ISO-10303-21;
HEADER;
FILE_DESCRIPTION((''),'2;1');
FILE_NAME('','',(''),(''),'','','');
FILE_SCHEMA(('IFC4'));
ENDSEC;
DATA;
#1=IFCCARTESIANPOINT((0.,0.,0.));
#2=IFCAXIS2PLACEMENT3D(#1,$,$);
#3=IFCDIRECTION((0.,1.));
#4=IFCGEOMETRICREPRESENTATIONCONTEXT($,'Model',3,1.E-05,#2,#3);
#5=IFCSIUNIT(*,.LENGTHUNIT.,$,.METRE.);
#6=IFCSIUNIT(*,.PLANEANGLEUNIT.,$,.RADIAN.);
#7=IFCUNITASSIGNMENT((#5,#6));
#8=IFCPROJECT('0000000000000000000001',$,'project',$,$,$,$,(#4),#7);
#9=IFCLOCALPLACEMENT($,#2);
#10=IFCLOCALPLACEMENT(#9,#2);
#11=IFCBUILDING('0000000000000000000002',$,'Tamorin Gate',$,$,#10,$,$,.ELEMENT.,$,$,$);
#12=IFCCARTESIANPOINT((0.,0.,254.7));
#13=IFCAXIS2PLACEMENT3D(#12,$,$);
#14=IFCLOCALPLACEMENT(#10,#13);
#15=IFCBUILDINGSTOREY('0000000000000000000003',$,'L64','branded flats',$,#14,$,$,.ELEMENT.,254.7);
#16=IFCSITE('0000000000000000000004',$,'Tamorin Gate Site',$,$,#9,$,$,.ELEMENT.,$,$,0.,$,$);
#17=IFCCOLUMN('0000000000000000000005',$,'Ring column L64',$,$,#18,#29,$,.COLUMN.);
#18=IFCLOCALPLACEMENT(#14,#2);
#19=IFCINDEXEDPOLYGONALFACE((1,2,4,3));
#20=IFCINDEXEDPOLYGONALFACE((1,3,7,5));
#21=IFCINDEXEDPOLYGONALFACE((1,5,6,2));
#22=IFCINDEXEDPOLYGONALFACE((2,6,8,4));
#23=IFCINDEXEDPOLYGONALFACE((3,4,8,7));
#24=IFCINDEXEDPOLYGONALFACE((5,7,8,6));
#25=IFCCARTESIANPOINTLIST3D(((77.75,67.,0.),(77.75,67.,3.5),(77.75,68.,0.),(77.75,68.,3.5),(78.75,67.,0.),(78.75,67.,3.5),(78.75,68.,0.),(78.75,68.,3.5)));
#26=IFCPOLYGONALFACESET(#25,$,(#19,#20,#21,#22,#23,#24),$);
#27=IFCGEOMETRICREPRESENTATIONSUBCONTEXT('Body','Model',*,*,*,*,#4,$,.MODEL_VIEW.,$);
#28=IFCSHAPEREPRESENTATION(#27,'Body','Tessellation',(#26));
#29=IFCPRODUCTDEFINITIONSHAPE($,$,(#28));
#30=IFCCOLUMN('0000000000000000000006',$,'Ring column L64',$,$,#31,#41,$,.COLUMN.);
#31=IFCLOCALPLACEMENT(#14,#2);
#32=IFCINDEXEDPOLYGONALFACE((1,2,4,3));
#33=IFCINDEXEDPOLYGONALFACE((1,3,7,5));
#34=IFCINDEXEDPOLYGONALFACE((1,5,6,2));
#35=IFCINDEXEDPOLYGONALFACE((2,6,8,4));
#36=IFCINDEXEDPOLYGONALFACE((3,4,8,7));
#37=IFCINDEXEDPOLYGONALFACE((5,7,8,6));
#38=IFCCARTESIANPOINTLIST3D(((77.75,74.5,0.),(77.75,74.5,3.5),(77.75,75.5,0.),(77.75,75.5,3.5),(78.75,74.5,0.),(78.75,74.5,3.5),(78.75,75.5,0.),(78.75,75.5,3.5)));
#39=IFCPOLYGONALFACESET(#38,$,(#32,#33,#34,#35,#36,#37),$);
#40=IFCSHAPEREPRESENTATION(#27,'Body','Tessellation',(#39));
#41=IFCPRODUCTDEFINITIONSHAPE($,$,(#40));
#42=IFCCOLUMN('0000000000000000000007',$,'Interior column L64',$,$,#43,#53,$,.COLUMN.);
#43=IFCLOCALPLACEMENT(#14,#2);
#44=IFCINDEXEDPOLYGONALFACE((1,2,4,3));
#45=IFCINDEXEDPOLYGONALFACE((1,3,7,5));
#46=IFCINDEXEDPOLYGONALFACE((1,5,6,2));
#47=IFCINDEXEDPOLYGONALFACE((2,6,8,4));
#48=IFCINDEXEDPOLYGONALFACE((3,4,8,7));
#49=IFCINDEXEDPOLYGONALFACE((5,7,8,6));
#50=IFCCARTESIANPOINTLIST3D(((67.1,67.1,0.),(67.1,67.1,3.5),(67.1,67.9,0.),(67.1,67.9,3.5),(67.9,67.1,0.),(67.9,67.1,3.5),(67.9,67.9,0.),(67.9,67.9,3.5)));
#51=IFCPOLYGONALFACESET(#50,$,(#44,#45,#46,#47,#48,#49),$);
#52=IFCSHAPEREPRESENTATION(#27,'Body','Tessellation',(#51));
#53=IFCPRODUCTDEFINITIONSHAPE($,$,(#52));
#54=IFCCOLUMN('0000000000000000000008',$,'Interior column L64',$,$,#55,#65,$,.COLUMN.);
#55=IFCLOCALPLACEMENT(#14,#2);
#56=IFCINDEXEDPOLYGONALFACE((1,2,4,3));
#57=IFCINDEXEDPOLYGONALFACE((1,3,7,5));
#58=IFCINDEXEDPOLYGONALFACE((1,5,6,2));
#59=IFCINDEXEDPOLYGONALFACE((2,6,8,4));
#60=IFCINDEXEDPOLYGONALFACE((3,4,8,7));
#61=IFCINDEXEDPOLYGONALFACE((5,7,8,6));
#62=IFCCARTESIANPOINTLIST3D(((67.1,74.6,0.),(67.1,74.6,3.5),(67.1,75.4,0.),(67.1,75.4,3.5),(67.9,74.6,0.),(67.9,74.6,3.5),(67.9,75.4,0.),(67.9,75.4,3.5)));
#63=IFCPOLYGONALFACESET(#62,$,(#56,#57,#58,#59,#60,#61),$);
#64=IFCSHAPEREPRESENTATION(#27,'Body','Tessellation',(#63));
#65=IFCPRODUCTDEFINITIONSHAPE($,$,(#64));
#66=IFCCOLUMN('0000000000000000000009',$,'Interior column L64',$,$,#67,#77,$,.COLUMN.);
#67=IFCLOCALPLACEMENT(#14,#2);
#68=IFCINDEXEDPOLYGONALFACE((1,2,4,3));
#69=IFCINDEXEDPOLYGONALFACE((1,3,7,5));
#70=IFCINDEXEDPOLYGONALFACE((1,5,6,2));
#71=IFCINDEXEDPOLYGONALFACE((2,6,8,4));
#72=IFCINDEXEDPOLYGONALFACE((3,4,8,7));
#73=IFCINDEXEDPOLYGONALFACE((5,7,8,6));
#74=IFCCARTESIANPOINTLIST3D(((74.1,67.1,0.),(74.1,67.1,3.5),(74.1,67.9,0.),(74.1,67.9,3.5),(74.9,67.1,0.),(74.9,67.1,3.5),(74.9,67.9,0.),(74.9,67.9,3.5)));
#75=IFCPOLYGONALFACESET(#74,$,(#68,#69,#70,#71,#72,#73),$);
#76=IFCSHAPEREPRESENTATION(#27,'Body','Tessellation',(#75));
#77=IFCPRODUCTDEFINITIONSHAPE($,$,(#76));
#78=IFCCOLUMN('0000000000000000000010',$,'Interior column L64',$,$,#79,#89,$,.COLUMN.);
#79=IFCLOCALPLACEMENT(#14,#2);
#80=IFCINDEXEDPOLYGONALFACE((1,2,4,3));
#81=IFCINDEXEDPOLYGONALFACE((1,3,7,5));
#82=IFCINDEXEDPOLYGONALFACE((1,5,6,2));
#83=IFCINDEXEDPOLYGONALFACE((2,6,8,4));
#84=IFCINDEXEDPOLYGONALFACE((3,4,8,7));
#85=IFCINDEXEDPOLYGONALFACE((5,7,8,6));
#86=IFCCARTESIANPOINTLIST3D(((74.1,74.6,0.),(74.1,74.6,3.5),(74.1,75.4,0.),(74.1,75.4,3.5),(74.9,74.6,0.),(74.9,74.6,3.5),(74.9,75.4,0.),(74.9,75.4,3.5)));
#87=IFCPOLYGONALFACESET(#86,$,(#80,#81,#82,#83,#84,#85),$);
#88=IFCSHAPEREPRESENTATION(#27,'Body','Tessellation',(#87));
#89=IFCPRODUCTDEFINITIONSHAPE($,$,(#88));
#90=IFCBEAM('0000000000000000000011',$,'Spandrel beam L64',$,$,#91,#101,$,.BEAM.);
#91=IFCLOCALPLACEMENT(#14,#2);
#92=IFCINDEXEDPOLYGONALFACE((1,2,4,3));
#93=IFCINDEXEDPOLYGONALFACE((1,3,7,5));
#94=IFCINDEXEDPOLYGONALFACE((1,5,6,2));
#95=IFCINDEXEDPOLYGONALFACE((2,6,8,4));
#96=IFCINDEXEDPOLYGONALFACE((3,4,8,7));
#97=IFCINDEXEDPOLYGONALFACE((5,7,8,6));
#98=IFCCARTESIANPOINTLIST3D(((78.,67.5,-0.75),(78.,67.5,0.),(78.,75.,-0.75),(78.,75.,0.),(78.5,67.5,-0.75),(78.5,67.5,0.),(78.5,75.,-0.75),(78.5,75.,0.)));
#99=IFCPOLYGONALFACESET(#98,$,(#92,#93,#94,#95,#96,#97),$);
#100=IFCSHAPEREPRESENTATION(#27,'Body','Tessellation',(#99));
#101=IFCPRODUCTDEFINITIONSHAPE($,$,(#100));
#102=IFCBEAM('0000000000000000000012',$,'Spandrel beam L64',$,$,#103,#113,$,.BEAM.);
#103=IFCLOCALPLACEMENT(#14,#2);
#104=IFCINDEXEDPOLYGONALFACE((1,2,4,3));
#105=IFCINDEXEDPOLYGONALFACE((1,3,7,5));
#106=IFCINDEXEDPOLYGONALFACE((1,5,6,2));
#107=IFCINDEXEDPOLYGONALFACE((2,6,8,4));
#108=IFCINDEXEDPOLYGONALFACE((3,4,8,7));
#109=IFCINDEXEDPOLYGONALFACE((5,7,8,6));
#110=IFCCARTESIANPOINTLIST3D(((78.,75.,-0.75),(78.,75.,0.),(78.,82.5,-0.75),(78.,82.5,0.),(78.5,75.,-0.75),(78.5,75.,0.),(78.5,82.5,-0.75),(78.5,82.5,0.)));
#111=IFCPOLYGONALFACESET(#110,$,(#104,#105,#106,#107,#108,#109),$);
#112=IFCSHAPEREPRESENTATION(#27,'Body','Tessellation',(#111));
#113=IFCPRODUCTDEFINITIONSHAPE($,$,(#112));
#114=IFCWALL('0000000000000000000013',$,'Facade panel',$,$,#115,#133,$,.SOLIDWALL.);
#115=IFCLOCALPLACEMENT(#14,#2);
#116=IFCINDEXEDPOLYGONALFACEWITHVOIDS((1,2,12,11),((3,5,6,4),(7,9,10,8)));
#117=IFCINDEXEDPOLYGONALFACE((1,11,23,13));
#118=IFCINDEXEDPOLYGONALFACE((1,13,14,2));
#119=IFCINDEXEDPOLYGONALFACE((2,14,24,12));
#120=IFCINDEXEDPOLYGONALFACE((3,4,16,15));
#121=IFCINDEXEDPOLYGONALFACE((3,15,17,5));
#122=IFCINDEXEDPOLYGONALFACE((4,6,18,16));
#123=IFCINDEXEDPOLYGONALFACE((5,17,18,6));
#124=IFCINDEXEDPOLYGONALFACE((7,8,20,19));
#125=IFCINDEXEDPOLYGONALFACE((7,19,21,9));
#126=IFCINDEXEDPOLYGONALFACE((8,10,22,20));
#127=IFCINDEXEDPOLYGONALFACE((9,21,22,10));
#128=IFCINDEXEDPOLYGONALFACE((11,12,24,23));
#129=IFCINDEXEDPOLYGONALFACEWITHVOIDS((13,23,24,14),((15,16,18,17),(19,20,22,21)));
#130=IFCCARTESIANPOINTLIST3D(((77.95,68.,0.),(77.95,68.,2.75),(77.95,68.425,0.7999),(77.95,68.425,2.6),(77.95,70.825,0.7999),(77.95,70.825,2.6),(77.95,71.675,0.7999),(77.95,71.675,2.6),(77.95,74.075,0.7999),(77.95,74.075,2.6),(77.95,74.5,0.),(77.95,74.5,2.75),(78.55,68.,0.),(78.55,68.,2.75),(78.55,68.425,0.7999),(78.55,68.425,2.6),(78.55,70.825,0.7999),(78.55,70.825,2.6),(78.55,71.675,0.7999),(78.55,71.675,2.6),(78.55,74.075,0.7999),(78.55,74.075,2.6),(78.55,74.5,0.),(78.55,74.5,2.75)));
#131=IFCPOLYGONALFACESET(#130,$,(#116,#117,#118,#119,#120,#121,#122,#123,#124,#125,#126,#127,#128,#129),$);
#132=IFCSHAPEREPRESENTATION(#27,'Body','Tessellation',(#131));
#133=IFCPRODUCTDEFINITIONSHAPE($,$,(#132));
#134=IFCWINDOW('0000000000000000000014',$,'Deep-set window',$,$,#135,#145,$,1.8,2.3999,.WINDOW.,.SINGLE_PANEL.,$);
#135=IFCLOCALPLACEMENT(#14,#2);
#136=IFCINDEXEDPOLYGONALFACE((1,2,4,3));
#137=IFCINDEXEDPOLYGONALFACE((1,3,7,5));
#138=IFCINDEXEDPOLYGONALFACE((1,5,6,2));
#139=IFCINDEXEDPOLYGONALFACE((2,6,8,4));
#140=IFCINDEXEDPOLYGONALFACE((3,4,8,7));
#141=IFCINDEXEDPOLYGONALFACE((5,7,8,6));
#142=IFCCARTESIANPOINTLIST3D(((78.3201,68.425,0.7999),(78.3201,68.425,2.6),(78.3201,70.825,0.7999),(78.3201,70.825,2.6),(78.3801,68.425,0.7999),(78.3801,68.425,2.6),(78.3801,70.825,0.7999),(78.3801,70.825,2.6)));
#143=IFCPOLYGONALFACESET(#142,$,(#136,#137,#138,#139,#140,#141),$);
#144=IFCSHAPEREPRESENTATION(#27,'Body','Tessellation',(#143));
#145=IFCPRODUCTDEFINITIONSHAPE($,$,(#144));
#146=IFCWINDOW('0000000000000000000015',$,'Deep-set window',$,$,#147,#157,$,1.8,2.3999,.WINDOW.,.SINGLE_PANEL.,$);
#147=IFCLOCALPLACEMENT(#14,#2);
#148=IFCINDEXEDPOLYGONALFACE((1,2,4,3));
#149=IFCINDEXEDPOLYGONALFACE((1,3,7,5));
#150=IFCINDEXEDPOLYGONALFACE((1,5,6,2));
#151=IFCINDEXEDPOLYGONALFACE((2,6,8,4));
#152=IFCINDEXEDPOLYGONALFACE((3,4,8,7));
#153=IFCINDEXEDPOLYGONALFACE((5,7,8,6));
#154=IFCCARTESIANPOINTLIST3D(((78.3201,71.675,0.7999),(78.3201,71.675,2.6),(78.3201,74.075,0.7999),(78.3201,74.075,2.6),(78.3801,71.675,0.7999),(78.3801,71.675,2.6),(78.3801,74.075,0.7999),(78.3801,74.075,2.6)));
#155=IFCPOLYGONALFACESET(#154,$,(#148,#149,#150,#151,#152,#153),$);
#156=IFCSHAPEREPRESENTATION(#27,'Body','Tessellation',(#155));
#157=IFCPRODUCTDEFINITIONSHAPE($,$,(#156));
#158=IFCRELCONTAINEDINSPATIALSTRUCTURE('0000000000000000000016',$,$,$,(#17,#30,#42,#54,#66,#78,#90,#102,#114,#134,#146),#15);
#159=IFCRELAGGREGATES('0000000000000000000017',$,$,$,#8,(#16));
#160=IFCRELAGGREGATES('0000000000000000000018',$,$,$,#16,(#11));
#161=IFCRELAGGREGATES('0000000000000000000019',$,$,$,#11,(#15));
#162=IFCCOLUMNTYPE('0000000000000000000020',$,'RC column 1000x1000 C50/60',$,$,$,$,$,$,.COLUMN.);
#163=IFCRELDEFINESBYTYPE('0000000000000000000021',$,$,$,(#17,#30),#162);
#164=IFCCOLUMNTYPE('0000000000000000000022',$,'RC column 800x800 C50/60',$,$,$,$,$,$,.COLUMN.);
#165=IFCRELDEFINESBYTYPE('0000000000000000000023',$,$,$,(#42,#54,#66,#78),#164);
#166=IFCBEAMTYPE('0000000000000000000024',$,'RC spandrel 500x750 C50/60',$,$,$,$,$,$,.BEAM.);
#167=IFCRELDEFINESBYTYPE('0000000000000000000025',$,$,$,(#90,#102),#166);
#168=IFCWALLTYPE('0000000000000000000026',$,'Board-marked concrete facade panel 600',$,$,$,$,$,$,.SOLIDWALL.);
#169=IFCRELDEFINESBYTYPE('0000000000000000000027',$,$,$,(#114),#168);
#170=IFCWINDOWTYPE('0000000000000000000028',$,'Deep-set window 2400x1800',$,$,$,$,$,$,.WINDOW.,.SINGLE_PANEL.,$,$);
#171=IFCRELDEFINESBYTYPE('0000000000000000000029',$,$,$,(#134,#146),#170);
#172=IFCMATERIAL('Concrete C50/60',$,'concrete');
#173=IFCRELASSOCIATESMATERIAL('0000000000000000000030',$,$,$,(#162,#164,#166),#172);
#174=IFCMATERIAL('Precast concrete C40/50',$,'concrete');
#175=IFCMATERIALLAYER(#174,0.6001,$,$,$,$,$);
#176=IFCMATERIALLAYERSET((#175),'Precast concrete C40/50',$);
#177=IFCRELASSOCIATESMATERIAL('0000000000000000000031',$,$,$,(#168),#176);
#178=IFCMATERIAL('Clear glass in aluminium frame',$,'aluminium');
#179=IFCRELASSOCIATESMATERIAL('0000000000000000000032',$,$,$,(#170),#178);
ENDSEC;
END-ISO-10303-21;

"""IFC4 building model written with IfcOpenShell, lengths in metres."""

from ifc_helpers import new_model, si_unit, direction, frame, frame_2d, origin, origin_2d, place, context, subcontext, project, spatial, rectangle, extrude, material, layer, layer_set, material_profile, profile_set, type_object, element, fill, save


model = new_model("IFC4")

# Units and contexts
model_context = context("Model", 3, precision=1e-05, world=origin(), true_north=direction((0.0, 1.0)))
body_context = subcontext(model_context, "Body", "Model", "MODEL_VIEW")
ifc_project = project(units=[si_unit("LENGTHUNIT", "METRE"), si_unit("PLANEANGLEUNIT", "RADIAN")], contexts=[model_context])

# Site, building, storey
site_placement = place(None, origin())
site = spatial("IfcSite", under=ifc_project, at=site_placement, Name="Tamorin Gate Site", CompositionType="ELEMENT", RefElevation=0.0)
building_placement = place(site_placement, origin())
building = spatial("IfcBuilding", under=site, at=building_placement, Name="Tamorin Gate", CompositionType="ELEMENT")
storey_placement = place(building_placement, frame((0.0, 0.0, 254.7)))
storey = spatial("IfcBuildingStorey", under=building, at=storey_placement, Name="L64", Description="branded flats", CompositionType="ELEMENT", Elevation=254.7)

# Columns
ifc_material_1 = material(Name="Concrete C50/60", Category="concrete")
ifc_material_profile_1 = material_profile(ifc_material_1, rectangle(XDim=1.0, YDim=1.0, at=origin_2d()), Name="RC 1000x1000")
ifc_profile_set_1 = profile_set([ifc_material_profile_1], Name="Concrete C50/60")
column_type_1 = type_object("IfcColumnType", Name="RC column 1000x1000 C50/60", PredefinedType="COLUMN", material=ifc_profile_set_1)
for number, where, z_axis, x_axis, name in (
    (1, (78.25, 67.5, 0.0), (0.0, 0.0, 1.0), (1.0, 0.0, 0.0), "Ring column L64"),
    (2, (78.25, 75.0, 0.0), (0.0, 0.0, 1.0), (1.0, 0.0, 0.0), "Ring column L64"),
):
    element("IfcColumn", number, at=place(storey_placement, frame(where, z_axis=z_axis, x_axis=x_axis)), inside=storey, type_object=column_type_1, Name=name, PredefinedType="COLUMN", context=body_context, shape_type="SweptSolid", body=[
        extrude(rectangle(XDim=1.0, YDim=1.0, at=origin_2d()), origin(), (0.0, 0.0, 1.0), 3.5),
    ])
ifc_material_profile_2 = material_profile(ifc_material_1, rectangle(XDim=0.8, YDim=0.8, at=origin_2d()), Name="RC 800x800")
ifc_profile_set_2 = profile_set([ifc_material_profile_2], Name="Concrete C50/60")
column_type_2 = type_object("IfcColumnType", Name="RC column 800x800 C50/60", PredefinedType="COLUMN", material=ifc_profile_set_2)
for number, where, z_axis, x_axis, name in (
    (3, (67.5, 67.5, 0.0), (0.0, 0.0, 1.0), (1.0, 0.0, 0.0), "Interior column L64"),
    (4, (67.5, 75.0, 0.0), (0.0, 0.0, 1.0), (1.0, 0.0, 0.0), "Interior column L64"),
    (5, (74.5, 67.5, 0.0), (0.0, 0.0, 1.0), (1.0, 0.0, 0.0), "Interior column L64"),
    (6, (74.5, 75.0, 0.0), (0.0, 0.0, 1.0), (1.0, 0.0, 0.0), "Interior column L64"),
):
    element("IfcColumn", number, at=place(storey_placement, frame(where, z_axis=z_axis, x_axis=x_axis)), inside=storey, type_object=column_type_2, Name=name, PredefinedType="COLUMN", context=body_context, shape_type="SweptSolid", body=[
        extrude(rectangle(XDim=0.8, YDim=0.8, at=origin_2d()), origin(), (0.0, 0.0, 1.0), 3.5),
    ])

# Beams
ifc_material_profile_3 = material_profile(ifc_material_1, rectangle(XDim=0.5, YDim=0.75, at=origin_2d()), Name="RC 500x750")
ifc_profile_set_3 = profile_set([ifc_material_profile_3], Name="Concrete C50/60")
beam_type = type_object("IfcBeamType", Name="RC spandrel 500x750 C50/60", PredefinedType="BEAM", material=ifc_profile_set_3)
for number, where, z_axis, x_axis, name in (
    (7, (78.25, 67.5, -0.375), (0.0, 1.0, 0.0), (-1.0, 0.0, 0.0), "Spandrel beam L64"),
    (8, (78.25, 75.0, -0.375), (0.0, 1.0, 0.0), (-1.0, 0.0, 0.0), "Spandrel beam L64"),
):
    element("IfcBeam", number, at=place(storey_placement, frame(where, z_axis=z_axis, x_axis=x_axis)), inside=storey, type_object=beam_type, Name=name, PredefinedType="BEAM", context=body_context, shape_type="SweptSolid", body=[
        extrude(rectangle(XDim=0.5, YDim=0.75, at=origin_2d()), origin(), (0.0, 0.0, 1.0), 7.5),
    ])

# Wall, openings, windows
ifc_material_2 = material(Name="Precast concrete C40/50", Category="concrete")
ifc_layer_1 = layer(ifc_material_2, 0.6001)
ifc_layer_set_1 = layer_set([ifc_layer_1], Name="Precast concrete C40/50")
wall_type_1 = type_object("IfcWallType", Name="Board-marked concrete facade panel 600", PredefinedType="SOLIDWALL", material=ifc_layer_set_1)
wall_1_placement = place(storey_placement, frame((78.25, 68.0, 0.0), z_axis=(0.0, 0.0, 1.0), x_axis=(0.0, 1.0, 0.0)))
wall_1 = element("IfcWall", 9, at=wall_1_placement, inside=storey, type_object=wall_type_1, Name="Facade panel", PredefinedType="SOLIDWALL", context=body_context, shape_type="SweptSolid", body=[
    extrude(rectangle(XDim=6.5, YDim=0.6001, at=frame_2d((3.25, 0.0))), origin(), (0.0, 0.0, 1.0), 2.75),
])
opening_1_placement = place(wall_1_placement, frame((0.425, 0.0, 0.8)))
opening_1 = element("IfcOpeningElement", 10, at=opening_1_placement, cuts=wall_1, PredefinedType="OPENING", context=body_context, shape_type="SweptSolid", body=[
    extrude(rectangle(XDim=2.3999, YDim=1.8, at=frame_2d((1.2, 0.8999))), frame((0.0, 0.3101, 0.0), z_axis=(0.0, -1.0, 0.0), x_axis=(1.0, 0.0, 0.0)), (0.0, 0.0, 1.0), 0.6201),
])
opening_2_placement = place(wall_1_placement, frame((3.675, 0.0, 0.8)))
opening_2 = element("IfcOpeningElement", 11, at=opening_2_placement, cuts=wall_1, PredefinedType="OPENING", context=body_context, shape_type="SweptSolid", body=[
    extrude(rectangle(XDim=2.3999, YDim=1.8, at=frame_2d((1.2, 0.8999))), frame((0.0, 0.3101, 0.0), z_axis=(0.0, -1.0, 0.0), x_axis=(1.0, 0.0, 0.0)), (0.0, 0.0, 1.0), 0.6201),
])
ifc_material_3 = material(Name="Clear glass in aluminium frame", Category="aluminium")
window_type = type_object("IfcWindowType", Name="Deep-set window 2400x1800", PartitioningType="SINGLE_PANEL", PredefinedType="WINDOW", material=ifc_material_3)
window_1_placement = place(opening_1_placement, origin())
window_1 = element("IfcWindow", 12, at=window_1_placement, inside=storey, type_object=window_type, Name="Deep-set window", OverallHeight=1.8, OverallWidth=2.3999, PartitioningType="SINGLE_PANEL", PredefinedType="WINDOW", context=body_context, shape_type="SweptSolid", body=[
    extrude(rectangle(XDim=2.3999, YDim=1.8, at=frame_2d((1.2, 0.8999))), frame((0.0, -0.0701, 0.0), z_axis=(0.0, -1.0, 0.0), x_axis=(1.0, 0.0, 0.0)), (0.0, 0.0, 1.0), 0.0601),
])
fill(opening_1, window_1)
window_2_placement = place(opening_2_placement, origin())
window_2 = element("IfcWindow", 13, at=window_2_placement, inside=storey, type_object=window_type, Name="Deep-set window", OverallHeight=1.8, OverallWidth=2.3999, PartitioningType="SINGLE_PANEL", PredefinedType="WINDOW", context=body_context, shape_type="SweptSolid", body=[
    extrude(rectangle(XDim=2.3999, YDim=1.8, at=frame_2d((1.2, 0.8999))), frame((0.0, -0.0701, 0.0), z_axis=(0.0, -1.0, 0.0), x_axis=(1.0, 0.0, 0.0)), (0.0, 0.0, 1.0), 0.0601),
])
fill(opening_2, window_2)

save(model, "model.ifc")
